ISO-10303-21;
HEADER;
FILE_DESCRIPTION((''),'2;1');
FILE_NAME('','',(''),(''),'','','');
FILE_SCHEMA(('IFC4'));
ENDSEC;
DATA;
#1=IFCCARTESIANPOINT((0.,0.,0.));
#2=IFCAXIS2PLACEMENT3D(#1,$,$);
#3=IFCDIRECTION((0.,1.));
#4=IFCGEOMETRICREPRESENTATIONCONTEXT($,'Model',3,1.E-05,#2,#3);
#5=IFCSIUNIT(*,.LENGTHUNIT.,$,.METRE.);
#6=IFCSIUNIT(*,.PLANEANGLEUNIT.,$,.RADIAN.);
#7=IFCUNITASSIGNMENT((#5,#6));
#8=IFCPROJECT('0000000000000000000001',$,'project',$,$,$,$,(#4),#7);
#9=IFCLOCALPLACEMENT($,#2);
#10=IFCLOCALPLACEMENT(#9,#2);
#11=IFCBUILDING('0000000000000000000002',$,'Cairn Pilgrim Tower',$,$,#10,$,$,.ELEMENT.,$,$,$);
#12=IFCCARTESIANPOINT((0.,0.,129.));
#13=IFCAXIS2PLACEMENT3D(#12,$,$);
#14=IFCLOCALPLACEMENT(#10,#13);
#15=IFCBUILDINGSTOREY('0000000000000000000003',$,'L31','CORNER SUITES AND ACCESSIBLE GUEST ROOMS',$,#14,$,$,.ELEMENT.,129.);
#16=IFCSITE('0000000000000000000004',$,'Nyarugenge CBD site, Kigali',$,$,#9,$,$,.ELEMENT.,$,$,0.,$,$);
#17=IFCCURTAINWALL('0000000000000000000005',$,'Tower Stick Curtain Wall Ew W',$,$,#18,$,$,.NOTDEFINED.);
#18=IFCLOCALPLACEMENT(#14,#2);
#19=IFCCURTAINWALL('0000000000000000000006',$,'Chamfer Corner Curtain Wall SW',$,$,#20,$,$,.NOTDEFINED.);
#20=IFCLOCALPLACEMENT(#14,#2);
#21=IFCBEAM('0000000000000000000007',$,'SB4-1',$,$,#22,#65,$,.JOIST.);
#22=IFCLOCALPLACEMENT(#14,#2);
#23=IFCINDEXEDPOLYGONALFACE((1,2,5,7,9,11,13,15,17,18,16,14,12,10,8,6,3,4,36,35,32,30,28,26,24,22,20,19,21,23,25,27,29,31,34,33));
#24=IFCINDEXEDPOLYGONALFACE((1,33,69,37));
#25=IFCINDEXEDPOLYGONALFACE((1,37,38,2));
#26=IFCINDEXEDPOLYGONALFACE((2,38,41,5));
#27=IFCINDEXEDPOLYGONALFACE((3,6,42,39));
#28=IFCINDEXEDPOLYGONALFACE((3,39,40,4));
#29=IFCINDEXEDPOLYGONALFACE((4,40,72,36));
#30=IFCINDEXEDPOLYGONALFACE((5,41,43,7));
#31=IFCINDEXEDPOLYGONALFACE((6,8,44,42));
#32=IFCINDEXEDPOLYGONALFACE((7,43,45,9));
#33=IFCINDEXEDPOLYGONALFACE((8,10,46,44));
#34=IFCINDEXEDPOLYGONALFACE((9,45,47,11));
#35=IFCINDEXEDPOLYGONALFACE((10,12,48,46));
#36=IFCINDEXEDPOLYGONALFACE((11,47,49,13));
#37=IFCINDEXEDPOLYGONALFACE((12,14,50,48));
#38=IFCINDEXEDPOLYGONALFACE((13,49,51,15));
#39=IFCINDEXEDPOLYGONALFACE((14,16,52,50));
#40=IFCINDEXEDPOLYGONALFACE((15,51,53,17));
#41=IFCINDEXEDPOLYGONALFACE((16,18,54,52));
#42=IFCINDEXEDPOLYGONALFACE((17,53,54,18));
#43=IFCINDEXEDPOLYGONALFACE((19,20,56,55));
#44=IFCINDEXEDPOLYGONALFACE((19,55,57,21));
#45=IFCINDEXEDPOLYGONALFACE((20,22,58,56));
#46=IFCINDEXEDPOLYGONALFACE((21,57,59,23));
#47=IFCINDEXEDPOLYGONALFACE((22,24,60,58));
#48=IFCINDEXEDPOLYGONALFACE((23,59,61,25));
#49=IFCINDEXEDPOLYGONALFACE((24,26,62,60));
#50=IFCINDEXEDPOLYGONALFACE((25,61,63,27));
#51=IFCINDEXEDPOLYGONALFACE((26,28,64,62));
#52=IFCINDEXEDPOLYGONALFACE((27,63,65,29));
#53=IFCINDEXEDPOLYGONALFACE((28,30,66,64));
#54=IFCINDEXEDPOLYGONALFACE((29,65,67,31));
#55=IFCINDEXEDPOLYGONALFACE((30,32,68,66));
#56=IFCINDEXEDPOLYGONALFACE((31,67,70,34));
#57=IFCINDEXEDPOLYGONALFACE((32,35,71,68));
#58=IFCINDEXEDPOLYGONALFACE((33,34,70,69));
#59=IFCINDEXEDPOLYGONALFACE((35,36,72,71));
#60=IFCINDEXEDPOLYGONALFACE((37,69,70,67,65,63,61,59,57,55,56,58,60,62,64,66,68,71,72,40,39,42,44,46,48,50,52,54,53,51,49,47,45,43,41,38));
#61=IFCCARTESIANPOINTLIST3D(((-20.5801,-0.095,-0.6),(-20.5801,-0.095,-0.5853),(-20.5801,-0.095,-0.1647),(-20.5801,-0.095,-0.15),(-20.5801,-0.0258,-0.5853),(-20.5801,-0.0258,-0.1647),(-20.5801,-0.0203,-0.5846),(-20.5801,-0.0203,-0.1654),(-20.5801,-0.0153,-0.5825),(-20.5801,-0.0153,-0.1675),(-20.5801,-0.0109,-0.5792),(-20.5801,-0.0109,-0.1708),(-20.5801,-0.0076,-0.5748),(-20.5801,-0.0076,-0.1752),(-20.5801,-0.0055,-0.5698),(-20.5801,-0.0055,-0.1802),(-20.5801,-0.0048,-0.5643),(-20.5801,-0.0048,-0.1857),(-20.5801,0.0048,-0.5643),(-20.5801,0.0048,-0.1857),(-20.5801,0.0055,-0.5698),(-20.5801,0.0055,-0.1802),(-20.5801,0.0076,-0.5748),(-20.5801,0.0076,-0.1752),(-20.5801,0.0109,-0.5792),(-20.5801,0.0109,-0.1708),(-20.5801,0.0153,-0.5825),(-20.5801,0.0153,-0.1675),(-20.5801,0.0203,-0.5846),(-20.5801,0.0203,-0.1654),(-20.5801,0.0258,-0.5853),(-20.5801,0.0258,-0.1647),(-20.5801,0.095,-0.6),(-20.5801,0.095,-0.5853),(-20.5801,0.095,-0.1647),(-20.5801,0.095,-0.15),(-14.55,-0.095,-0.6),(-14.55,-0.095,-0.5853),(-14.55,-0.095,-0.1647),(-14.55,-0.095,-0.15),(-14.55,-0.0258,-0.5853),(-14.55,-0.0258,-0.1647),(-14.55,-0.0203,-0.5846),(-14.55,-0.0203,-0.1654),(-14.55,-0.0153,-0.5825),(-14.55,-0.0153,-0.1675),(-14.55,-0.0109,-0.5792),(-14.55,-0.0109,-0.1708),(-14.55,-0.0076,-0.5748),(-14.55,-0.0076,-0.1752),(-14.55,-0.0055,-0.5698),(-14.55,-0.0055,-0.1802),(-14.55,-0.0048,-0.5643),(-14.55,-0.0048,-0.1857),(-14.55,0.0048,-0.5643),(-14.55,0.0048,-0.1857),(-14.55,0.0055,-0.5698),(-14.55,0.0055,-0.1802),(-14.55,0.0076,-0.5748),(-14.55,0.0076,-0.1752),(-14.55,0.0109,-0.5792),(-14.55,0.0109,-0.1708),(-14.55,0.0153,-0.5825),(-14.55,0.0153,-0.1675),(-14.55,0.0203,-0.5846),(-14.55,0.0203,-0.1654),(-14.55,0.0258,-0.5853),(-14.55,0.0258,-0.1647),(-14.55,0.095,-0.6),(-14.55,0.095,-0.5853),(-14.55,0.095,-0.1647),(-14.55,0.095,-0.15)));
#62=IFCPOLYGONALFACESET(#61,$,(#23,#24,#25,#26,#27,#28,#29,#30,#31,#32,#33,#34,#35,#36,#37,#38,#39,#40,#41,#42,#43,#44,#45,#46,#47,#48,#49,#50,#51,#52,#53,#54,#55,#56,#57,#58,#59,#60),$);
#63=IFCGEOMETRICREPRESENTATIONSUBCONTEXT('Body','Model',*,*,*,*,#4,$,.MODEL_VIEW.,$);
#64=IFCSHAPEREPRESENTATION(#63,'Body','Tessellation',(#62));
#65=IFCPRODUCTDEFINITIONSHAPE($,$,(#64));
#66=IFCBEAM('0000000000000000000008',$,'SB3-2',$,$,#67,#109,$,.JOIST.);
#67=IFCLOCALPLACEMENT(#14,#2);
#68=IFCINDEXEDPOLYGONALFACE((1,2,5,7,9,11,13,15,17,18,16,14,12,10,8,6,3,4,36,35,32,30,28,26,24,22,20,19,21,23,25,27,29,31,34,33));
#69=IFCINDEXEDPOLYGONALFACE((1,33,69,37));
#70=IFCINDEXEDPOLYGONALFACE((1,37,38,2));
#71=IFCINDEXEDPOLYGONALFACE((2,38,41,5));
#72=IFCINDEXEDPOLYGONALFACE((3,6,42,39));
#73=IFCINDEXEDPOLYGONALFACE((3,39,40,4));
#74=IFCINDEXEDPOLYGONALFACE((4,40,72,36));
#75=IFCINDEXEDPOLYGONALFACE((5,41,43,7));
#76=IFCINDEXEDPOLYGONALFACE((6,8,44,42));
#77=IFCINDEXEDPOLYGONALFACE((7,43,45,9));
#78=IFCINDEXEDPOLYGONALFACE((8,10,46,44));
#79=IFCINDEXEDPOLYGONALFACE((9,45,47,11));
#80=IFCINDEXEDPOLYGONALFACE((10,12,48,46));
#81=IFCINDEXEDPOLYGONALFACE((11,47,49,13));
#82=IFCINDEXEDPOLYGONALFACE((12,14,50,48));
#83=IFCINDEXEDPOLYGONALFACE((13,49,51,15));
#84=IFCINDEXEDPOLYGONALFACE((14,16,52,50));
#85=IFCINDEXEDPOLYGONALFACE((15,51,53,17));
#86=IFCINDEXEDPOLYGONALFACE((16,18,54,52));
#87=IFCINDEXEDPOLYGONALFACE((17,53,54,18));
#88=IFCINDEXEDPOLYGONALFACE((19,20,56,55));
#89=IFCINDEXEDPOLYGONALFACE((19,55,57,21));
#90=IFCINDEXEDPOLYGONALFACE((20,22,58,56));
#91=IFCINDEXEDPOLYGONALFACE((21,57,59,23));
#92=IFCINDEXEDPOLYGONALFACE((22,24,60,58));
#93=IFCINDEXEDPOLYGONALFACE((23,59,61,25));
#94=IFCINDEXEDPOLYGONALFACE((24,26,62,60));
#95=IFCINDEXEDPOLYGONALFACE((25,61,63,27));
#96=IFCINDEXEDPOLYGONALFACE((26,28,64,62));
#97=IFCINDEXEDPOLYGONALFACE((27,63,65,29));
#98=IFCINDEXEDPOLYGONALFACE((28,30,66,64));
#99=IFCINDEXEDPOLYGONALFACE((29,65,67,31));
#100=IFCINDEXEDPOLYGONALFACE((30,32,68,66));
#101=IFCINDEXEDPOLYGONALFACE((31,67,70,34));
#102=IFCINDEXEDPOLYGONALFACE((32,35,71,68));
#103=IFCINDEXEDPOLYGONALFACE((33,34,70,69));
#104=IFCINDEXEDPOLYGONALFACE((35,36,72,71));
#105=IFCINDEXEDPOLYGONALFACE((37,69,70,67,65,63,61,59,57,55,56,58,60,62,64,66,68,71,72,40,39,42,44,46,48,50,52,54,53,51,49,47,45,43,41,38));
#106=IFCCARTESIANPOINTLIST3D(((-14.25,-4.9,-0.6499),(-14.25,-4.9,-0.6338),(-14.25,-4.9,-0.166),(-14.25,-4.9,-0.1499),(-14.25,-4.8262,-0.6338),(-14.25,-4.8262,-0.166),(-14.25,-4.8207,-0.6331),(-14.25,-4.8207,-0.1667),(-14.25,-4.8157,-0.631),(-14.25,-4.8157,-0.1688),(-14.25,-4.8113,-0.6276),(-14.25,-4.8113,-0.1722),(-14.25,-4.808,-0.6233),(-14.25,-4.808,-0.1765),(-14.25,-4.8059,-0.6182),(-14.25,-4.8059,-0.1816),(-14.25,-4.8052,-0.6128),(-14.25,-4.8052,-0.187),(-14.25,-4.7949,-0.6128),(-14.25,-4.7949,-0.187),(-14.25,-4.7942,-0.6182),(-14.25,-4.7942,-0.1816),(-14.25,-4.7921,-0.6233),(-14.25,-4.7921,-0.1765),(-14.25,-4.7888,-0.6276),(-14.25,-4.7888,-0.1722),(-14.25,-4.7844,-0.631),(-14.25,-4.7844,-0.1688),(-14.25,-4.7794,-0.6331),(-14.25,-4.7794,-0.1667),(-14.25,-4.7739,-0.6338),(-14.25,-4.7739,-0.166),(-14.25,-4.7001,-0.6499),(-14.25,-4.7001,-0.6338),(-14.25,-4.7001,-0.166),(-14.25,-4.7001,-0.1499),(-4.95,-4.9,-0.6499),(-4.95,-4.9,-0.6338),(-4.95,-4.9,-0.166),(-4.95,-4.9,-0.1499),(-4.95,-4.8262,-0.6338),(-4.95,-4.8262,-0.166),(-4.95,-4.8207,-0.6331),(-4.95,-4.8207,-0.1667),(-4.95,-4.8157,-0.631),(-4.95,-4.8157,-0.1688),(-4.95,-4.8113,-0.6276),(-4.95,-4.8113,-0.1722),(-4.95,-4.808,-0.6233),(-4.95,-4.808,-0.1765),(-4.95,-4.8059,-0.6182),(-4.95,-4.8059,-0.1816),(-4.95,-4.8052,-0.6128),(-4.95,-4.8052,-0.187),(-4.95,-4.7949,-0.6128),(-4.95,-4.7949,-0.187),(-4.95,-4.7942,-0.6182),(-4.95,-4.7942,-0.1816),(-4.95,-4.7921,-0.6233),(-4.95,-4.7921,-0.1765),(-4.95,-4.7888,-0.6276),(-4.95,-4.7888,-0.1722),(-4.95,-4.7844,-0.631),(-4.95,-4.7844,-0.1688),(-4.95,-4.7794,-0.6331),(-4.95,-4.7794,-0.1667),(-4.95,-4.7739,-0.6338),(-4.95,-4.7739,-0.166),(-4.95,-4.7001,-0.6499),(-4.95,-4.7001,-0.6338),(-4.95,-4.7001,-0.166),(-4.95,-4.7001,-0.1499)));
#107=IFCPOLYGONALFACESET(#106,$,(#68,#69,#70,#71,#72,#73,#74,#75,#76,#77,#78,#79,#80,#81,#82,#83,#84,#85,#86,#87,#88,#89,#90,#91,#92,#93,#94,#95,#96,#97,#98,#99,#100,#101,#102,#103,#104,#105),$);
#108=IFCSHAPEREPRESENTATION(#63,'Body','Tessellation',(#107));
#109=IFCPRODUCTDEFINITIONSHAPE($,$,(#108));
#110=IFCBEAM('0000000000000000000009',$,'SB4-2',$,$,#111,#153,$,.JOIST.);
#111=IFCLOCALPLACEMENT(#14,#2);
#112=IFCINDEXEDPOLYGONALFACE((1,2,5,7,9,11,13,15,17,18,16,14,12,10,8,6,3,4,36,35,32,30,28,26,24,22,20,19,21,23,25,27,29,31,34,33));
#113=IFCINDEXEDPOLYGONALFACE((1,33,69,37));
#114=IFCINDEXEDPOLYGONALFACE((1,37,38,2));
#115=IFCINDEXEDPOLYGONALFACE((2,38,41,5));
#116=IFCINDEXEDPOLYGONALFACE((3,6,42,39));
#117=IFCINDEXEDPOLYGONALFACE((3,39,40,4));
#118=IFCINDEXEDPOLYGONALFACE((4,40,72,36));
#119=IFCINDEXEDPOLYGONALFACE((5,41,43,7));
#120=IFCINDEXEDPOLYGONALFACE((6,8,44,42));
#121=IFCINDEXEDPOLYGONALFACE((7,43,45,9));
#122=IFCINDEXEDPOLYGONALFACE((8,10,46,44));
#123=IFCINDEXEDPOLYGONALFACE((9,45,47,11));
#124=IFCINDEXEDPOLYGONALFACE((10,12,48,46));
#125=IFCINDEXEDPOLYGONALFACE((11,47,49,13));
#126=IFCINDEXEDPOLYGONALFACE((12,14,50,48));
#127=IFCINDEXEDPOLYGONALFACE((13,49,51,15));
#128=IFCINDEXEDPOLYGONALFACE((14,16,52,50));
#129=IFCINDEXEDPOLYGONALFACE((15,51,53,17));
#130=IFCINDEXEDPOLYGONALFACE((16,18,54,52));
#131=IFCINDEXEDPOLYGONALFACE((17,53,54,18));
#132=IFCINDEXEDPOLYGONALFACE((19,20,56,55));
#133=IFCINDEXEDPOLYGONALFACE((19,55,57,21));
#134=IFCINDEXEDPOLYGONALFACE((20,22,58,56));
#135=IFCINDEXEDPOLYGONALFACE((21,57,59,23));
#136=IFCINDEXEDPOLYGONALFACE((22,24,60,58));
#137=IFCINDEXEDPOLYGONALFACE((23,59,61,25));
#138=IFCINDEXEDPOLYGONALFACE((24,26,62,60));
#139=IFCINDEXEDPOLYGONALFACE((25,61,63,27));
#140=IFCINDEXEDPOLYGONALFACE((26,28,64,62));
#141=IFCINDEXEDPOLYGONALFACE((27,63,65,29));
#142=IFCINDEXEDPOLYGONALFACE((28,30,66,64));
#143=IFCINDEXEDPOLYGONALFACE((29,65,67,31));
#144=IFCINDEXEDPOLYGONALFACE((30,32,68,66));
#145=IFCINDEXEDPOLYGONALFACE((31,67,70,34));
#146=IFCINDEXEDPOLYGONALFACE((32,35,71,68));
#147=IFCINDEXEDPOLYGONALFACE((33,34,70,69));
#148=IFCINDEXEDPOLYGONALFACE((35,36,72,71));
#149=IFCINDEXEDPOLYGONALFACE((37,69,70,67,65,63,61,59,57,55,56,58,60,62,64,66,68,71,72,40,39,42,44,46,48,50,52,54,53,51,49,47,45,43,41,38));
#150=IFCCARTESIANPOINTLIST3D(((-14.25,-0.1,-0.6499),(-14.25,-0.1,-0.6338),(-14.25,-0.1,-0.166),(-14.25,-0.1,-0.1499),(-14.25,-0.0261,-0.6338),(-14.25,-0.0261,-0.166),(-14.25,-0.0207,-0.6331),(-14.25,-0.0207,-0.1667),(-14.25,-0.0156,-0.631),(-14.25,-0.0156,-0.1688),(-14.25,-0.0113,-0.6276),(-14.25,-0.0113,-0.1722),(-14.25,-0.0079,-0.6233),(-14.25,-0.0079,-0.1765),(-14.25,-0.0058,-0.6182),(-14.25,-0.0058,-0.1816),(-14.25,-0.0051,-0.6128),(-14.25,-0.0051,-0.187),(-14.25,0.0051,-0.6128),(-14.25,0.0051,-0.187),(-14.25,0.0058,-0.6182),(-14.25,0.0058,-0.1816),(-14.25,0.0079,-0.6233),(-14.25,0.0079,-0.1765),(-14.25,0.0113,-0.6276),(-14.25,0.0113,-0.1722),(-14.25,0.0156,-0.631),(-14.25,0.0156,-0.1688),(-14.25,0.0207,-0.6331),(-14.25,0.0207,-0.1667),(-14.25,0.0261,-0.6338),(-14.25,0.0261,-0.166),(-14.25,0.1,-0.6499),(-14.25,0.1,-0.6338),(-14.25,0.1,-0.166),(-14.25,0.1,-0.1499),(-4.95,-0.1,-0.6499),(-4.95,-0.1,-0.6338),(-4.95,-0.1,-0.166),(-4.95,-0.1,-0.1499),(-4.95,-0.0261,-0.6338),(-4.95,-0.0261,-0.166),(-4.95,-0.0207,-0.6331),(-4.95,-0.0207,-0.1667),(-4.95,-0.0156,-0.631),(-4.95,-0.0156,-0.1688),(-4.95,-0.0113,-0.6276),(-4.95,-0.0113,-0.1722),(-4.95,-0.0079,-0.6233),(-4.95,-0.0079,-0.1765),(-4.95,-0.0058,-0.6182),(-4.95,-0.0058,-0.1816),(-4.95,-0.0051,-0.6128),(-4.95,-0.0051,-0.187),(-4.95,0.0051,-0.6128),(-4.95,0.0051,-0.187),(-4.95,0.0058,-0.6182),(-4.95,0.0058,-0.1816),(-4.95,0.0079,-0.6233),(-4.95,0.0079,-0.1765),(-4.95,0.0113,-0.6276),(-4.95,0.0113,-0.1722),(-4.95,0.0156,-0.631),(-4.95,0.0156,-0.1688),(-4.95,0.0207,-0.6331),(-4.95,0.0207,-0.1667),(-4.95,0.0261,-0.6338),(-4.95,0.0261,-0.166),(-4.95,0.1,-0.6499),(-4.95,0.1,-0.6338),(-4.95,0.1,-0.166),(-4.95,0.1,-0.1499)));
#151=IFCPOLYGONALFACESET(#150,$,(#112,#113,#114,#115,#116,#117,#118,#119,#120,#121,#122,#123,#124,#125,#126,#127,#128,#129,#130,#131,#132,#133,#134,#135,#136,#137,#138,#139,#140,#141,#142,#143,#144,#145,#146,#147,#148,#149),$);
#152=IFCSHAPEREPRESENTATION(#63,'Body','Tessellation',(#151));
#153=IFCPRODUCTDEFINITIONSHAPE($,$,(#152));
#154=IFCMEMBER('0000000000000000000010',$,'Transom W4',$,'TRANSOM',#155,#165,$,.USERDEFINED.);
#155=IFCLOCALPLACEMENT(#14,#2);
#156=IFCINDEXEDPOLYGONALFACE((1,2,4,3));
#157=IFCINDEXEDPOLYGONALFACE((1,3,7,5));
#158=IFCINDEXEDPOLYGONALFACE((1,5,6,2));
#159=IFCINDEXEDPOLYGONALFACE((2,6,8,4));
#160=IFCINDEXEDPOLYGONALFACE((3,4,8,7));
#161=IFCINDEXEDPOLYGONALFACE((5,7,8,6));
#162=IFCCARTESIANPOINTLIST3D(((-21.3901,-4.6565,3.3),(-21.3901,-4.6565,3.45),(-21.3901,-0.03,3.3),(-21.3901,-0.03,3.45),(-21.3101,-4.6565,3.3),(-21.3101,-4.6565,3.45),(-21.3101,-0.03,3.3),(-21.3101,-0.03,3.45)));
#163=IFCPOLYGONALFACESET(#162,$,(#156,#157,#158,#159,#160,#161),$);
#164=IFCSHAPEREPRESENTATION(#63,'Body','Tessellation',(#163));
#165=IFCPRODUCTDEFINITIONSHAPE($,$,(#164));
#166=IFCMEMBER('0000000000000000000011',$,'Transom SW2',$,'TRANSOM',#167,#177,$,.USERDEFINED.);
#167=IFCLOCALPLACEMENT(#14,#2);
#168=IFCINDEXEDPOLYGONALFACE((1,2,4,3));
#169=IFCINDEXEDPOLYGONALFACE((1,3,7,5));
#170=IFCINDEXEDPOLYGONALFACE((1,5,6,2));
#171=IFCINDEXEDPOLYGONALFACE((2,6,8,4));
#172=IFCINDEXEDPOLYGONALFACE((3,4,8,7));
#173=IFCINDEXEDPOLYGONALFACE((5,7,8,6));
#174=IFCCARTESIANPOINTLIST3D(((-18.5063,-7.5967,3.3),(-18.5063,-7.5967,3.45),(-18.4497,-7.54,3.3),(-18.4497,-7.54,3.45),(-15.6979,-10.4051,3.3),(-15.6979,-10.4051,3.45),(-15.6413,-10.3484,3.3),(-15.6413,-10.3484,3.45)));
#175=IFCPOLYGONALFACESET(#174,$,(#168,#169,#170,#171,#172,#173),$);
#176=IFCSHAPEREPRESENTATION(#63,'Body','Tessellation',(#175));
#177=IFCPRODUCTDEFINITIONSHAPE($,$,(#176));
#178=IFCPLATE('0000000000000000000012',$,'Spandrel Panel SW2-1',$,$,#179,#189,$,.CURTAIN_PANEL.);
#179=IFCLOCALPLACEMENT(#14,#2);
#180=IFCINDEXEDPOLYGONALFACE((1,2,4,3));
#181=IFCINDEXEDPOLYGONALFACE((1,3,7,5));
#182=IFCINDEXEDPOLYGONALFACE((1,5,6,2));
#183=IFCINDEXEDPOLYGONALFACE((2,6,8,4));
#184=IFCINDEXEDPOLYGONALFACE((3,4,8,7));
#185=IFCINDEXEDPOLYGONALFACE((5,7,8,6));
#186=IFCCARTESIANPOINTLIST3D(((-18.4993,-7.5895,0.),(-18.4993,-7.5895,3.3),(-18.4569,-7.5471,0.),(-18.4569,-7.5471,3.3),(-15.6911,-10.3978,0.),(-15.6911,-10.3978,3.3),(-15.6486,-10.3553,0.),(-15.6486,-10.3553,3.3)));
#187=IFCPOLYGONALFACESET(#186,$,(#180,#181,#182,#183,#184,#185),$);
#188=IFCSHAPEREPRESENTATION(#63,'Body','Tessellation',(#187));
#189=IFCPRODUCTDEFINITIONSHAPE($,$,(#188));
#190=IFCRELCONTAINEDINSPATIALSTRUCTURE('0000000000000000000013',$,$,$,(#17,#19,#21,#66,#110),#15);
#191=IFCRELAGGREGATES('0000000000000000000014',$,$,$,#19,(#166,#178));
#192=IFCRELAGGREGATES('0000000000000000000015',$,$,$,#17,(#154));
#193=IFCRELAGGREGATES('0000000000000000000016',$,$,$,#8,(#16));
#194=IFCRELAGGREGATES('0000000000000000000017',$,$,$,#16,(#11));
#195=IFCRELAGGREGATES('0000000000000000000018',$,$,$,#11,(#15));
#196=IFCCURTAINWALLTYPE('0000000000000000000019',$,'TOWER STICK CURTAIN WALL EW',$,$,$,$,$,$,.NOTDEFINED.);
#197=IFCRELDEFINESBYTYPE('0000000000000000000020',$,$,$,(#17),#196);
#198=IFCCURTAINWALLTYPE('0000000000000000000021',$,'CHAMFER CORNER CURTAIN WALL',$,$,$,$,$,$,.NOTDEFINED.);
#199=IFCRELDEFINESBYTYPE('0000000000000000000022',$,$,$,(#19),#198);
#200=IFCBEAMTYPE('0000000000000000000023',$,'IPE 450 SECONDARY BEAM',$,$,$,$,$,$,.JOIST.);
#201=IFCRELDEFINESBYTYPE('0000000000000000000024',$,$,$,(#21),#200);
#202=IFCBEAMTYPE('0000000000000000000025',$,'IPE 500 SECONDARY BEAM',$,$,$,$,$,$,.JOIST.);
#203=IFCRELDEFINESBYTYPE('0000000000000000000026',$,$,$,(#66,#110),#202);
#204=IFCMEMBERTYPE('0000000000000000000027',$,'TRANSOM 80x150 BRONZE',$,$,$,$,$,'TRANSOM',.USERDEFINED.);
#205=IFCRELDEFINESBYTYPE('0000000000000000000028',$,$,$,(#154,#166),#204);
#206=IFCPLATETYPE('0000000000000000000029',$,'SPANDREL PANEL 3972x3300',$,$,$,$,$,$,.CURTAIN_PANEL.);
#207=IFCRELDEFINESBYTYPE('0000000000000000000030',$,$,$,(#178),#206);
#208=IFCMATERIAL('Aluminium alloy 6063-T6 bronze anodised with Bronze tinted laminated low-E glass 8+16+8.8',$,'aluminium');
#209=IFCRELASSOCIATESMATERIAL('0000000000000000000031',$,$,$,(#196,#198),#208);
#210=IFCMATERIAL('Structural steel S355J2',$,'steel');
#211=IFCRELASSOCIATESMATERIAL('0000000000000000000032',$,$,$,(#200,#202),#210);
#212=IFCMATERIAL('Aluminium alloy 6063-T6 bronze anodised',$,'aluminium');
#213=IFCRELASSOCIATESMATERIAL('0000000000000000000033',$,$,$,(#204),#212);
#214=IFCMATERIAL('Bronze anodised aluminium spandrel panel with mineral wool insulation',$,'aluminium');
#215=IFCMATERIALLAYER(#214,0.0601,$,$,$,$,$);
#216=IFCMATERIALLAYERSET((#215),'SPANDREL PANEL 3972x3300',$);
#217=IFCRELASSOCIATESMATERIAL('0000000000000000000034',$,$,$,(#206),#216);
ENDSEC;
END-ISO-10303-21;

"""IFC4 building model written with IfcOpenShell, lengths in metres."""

from ifc_helpers import new_model, si_unit, direction, frame, origin, origin_2d, place, context, subcontext, project, spatial, rectangle, i_section, extrude, material, layer, layer_set, material_profile, profile_set, type_object, element, aggregate, save


model = new_model("IFC4")

# Units and contexts
model_context = context("Model", 3, precision=1e-05, world=origin(), true_north=direction((0.0, 1.0)))
body_context = subcontext(model_context, "Body", "Model", "MODEL_VIEW")
ifc_project = project(units=[si_unit("LENGTHUNIT", "METRE"), si_unit("PLANEANGLEUNIT", "RADIAN")], contexts=[model_context])

# Site, building, storey
site_placement = place(None, origin())
site = spatial("IfcSite", under=ifc_project, at=site_placement, Name="Nyarugenge CBD site, Kigali", CompositionType="ELEMENT", RefElevation=0.0)
building_placement = place(site_placement, origin())
building = spatial("IfcBuilding", under=site, at=building_placement, Name="Cairn Pilgrim Tower", CompositionType="ELEMENT")
storey_placement = place(building_placement, frame((0.0, 0.0, 129.0)))
storey = spatial("IfcBuildingStorey", under=building, at=storey_placement, Name="L31", Description="CORNER SUITES AND ACCESSIBLE GUEST ROOMS", CompositionType="ELEMENT", Elevation=129.0)

# Shared definitions
ifc_material_1 = material(Name="Structural steel S355J2", Category="steel")

# Curtain wall
ifc_material_2 = material(Name="Aluminium alloy 6063-T6 bronze anodised with Bronze tinted laminated low-E glass 8+16+8.8", Category="aluminium")
curtain_wall_type_1 = type_object("IfcCurtainWallType", Name="TOWER STICK CURTAIN WALL EW", PredefinedType="NOTDEFINED", material=ifc_material_2)
curtain_wall_1_placement = place(storey_placement, origin())
curtain_wall_1 = element("IfcCurtainWall", 1, at=curtain_wall_1_placement, inside=storey, type_object=curtain_wall_type_1, Name="Tower Stick Curtain Wall Ew W", PredefinedType="NOTDEFINED")
ifc_material_3 = material(Name="Aluminium alloy 6063-T6 bronze anodised", Category="aluminium")

# Curtain wall
curtain_wall_type_2 = type_object("IfcCurtainWallType", Name="CHAMFER CORNER CURTAIN WALL", PredefinedType="NOTDEFINED", material=ifc_material_2)
curtain_wall_2_placement = place(storey_placement, origin())
curtain_wall_2 = element("IfcCurtainWall", 2, at=curtain_wall_2_placement, inside=storey, type_object=curtain_wall_type_2, Name="Chamfer Corner Curtain Wall SW", PredefinedType="NOTDEFINED")

# Beams
ifc_material_profile_1 = material_profile(ifc_material_1, i_section(OverallWidth=0.1899, OverallDepth=0.45, WebThickness=0.0095, FlangeThickness=0.0146, FilletRadius=0.021, at=origin_2d()), Name="IPE 450")
ifc_profile_set_1 = profile_set([ifc_material_profile_1], Name="Structural steel S355J2")
beam_type_1 = type_object("IfcBeamType", Name="IPE 450 SECONDARY BEAM", PredefinedType="JOIST", material=ifc_profile_set_1)
beam_1_placement = place(storey_placement, frame((-20.5801, 0.0, -0.375), z_axis=(1.0, 0.0, 0.0), x_axis=(0.0, 1.0, 0.0)))
element("IfcBeam", 3, at=beam_1_placement, inside=storey, type_object=beam_type_1, Name="SB4-1", PredefinedType="JOIST", context=body_context, shape_type="SweptSolid", body=[
    extrude(i_section(OverallWidth=0.1899, OverallDepth=0.45, WebThickness=0.0095, FlangeThickness=0.0146, FilletRadius=0.021, at=origin_2d()), origin(), (0.0, 0.0, 1.0), 6.03),
])
ifc_material_profile_2 = material_profile(ifc_material_1, i_section(OverallWidth=0.2, OverallDepth=0.5, WebThickness=0.0103, FlangeThickness=0.0161, FilletRadius=0.021, at=origin_2d()), Name="IPE 500")
ifc_profile_set_2 = profile_set([ifc_material_profile_2], Name="Structural steel S355J2")
beam_type_2 = type_object("IfcBeamType", Name="IPE 500 SECONDARY BEAM", PredefinedType="JOIST", material=ifc_profile_set_2)
for number, where, z_axis, x_axis, name in (
    (4, (-14.25, -4.8, -0.3999), (1.0, 0.0, 0.0), (0.0, 1.0, 0.0), "SB3-2"),
    (5, (-14.25, 0.0, -0.3999), (1.0, 0.0, 0.0), (0.0, 1.0, 0.0), "SB4-2"),
):
    element("IfcBeam", number, at=place(storey_placement, frame(where, z_axis=z_axis, x_axis=x_axis)), inside=storey, type_object=beam_type_2, Name=name, PredefinedType="JOIST", context=body_context, shape_type="SweptSolid", body=[
        extrude(i_section(OverallWidth=0.2, OverallDepth=0.5, WebThickness=0.0103, FlangeThickness=0.0161, FilletRadius=0.021, at=origin_2d()), origin(), (0.0, 0.0, 1.0), 9.3),
    ])

# Members
ifc_material_profile_3 = material_profile(ifc_material_3, rectangle(XDim=0.0801, YDim=0.1499, at=origin_2d()), Name="TRANSOM 80x150 BRONZE")
ifc_profile_set_3 = profile_set([ifc_material_profile_3], Name="Aluminium alloy 6063-T6 bronze anodised")
member_type_1 = type_object("IfcMemberType", Name="TRANSOM 80x150 BRONZE", ElementType="TRANSOM", PredefinedType="USERDEFINED", material=ifc_profile_set_3)
member_1_placement = place(storey_placement, frame((-21.3501, -0.03, 3.375), z_axis=(0.0, -1.0, 0.0), x_axis=(1.0, 0.0, 0.0)))
member_1 = element("IfcMember", 6, at=member_1_placement, type_object=member_type_1, Name="Transom W4", ObjectType="TRANSOM", PredefinedType="USERDEFINED", context=body_context, shape_type="SweptSolid", body=[
    extrude(rectangle(XDim=0.0801, YDim=0.1499, at=origin_2d()), origin(), (0.0, 0.0, 1.0), 4.6265),
])
member_2_placement = place(storey_placement, frame((-18.478, -7.5684, 3.375), z_axis=(0.707107, -0.707107, 0.0), x_axis=(0.707107, 0.707107, 0.0)))
member_2 = element("IfcMember", 7, at=member_2_placement, type_object=member_type_1, Name="Transom SW2", ObjectType="TRANSOM", PredefinedType="USERDEFINED", context=body_context, shape_type="SweptSolid", body=[
    extrude(rectangle(XDim=0.0801, YDim=0.1499, at=origin_2d()), origin(), (0.0, 0.0, 1.0), 3.9717),
])

# Plate
ifc_material_4 = material(Name="Bronze anodised aluminium spandrel panel with mineral wool insulation", Category="aluminium")
ifc_layer_1 = layer(ifc_material_4, 0.0601)
ifc_layer_set_1 = layer_set([ifc_layer_1], Name="SPANDREL PANEL 3972x3300")
plate_type_1 = type_object("IfcPlateType", Name="SPANDREL PANEL 3972x3300", PredefinedType="CURTAIN_PANEL", material=ifc_layer_set_1)
plate_1_placement = place(storey_placement, frame((-17.074, -8.9724, 0.0), z_axis=(0.0, 0.0, 1.0), x_axis=(0.707107, -0.707107, 0.0)))
plate_1 = element("IfcPlate", 8, at=plate_1_placement, type_object=plate_type_1, Name="Spandrel Panel SW2-1", PredefinedType="CURTAIN_PANEL", context=body_context, shape_type="SweptSolid", body=[
    extrude(rectangle(XDim=3.9714, YDim=0.0601, at=origin_2d()), origin(), (0.0, 0.0, 1.0), 3.3),
])
aggregate(curtain_wall_2, [member_2, plate_1])
aggregate(curtain_wall_1, [member_1])

save(model, "model.ifc")
